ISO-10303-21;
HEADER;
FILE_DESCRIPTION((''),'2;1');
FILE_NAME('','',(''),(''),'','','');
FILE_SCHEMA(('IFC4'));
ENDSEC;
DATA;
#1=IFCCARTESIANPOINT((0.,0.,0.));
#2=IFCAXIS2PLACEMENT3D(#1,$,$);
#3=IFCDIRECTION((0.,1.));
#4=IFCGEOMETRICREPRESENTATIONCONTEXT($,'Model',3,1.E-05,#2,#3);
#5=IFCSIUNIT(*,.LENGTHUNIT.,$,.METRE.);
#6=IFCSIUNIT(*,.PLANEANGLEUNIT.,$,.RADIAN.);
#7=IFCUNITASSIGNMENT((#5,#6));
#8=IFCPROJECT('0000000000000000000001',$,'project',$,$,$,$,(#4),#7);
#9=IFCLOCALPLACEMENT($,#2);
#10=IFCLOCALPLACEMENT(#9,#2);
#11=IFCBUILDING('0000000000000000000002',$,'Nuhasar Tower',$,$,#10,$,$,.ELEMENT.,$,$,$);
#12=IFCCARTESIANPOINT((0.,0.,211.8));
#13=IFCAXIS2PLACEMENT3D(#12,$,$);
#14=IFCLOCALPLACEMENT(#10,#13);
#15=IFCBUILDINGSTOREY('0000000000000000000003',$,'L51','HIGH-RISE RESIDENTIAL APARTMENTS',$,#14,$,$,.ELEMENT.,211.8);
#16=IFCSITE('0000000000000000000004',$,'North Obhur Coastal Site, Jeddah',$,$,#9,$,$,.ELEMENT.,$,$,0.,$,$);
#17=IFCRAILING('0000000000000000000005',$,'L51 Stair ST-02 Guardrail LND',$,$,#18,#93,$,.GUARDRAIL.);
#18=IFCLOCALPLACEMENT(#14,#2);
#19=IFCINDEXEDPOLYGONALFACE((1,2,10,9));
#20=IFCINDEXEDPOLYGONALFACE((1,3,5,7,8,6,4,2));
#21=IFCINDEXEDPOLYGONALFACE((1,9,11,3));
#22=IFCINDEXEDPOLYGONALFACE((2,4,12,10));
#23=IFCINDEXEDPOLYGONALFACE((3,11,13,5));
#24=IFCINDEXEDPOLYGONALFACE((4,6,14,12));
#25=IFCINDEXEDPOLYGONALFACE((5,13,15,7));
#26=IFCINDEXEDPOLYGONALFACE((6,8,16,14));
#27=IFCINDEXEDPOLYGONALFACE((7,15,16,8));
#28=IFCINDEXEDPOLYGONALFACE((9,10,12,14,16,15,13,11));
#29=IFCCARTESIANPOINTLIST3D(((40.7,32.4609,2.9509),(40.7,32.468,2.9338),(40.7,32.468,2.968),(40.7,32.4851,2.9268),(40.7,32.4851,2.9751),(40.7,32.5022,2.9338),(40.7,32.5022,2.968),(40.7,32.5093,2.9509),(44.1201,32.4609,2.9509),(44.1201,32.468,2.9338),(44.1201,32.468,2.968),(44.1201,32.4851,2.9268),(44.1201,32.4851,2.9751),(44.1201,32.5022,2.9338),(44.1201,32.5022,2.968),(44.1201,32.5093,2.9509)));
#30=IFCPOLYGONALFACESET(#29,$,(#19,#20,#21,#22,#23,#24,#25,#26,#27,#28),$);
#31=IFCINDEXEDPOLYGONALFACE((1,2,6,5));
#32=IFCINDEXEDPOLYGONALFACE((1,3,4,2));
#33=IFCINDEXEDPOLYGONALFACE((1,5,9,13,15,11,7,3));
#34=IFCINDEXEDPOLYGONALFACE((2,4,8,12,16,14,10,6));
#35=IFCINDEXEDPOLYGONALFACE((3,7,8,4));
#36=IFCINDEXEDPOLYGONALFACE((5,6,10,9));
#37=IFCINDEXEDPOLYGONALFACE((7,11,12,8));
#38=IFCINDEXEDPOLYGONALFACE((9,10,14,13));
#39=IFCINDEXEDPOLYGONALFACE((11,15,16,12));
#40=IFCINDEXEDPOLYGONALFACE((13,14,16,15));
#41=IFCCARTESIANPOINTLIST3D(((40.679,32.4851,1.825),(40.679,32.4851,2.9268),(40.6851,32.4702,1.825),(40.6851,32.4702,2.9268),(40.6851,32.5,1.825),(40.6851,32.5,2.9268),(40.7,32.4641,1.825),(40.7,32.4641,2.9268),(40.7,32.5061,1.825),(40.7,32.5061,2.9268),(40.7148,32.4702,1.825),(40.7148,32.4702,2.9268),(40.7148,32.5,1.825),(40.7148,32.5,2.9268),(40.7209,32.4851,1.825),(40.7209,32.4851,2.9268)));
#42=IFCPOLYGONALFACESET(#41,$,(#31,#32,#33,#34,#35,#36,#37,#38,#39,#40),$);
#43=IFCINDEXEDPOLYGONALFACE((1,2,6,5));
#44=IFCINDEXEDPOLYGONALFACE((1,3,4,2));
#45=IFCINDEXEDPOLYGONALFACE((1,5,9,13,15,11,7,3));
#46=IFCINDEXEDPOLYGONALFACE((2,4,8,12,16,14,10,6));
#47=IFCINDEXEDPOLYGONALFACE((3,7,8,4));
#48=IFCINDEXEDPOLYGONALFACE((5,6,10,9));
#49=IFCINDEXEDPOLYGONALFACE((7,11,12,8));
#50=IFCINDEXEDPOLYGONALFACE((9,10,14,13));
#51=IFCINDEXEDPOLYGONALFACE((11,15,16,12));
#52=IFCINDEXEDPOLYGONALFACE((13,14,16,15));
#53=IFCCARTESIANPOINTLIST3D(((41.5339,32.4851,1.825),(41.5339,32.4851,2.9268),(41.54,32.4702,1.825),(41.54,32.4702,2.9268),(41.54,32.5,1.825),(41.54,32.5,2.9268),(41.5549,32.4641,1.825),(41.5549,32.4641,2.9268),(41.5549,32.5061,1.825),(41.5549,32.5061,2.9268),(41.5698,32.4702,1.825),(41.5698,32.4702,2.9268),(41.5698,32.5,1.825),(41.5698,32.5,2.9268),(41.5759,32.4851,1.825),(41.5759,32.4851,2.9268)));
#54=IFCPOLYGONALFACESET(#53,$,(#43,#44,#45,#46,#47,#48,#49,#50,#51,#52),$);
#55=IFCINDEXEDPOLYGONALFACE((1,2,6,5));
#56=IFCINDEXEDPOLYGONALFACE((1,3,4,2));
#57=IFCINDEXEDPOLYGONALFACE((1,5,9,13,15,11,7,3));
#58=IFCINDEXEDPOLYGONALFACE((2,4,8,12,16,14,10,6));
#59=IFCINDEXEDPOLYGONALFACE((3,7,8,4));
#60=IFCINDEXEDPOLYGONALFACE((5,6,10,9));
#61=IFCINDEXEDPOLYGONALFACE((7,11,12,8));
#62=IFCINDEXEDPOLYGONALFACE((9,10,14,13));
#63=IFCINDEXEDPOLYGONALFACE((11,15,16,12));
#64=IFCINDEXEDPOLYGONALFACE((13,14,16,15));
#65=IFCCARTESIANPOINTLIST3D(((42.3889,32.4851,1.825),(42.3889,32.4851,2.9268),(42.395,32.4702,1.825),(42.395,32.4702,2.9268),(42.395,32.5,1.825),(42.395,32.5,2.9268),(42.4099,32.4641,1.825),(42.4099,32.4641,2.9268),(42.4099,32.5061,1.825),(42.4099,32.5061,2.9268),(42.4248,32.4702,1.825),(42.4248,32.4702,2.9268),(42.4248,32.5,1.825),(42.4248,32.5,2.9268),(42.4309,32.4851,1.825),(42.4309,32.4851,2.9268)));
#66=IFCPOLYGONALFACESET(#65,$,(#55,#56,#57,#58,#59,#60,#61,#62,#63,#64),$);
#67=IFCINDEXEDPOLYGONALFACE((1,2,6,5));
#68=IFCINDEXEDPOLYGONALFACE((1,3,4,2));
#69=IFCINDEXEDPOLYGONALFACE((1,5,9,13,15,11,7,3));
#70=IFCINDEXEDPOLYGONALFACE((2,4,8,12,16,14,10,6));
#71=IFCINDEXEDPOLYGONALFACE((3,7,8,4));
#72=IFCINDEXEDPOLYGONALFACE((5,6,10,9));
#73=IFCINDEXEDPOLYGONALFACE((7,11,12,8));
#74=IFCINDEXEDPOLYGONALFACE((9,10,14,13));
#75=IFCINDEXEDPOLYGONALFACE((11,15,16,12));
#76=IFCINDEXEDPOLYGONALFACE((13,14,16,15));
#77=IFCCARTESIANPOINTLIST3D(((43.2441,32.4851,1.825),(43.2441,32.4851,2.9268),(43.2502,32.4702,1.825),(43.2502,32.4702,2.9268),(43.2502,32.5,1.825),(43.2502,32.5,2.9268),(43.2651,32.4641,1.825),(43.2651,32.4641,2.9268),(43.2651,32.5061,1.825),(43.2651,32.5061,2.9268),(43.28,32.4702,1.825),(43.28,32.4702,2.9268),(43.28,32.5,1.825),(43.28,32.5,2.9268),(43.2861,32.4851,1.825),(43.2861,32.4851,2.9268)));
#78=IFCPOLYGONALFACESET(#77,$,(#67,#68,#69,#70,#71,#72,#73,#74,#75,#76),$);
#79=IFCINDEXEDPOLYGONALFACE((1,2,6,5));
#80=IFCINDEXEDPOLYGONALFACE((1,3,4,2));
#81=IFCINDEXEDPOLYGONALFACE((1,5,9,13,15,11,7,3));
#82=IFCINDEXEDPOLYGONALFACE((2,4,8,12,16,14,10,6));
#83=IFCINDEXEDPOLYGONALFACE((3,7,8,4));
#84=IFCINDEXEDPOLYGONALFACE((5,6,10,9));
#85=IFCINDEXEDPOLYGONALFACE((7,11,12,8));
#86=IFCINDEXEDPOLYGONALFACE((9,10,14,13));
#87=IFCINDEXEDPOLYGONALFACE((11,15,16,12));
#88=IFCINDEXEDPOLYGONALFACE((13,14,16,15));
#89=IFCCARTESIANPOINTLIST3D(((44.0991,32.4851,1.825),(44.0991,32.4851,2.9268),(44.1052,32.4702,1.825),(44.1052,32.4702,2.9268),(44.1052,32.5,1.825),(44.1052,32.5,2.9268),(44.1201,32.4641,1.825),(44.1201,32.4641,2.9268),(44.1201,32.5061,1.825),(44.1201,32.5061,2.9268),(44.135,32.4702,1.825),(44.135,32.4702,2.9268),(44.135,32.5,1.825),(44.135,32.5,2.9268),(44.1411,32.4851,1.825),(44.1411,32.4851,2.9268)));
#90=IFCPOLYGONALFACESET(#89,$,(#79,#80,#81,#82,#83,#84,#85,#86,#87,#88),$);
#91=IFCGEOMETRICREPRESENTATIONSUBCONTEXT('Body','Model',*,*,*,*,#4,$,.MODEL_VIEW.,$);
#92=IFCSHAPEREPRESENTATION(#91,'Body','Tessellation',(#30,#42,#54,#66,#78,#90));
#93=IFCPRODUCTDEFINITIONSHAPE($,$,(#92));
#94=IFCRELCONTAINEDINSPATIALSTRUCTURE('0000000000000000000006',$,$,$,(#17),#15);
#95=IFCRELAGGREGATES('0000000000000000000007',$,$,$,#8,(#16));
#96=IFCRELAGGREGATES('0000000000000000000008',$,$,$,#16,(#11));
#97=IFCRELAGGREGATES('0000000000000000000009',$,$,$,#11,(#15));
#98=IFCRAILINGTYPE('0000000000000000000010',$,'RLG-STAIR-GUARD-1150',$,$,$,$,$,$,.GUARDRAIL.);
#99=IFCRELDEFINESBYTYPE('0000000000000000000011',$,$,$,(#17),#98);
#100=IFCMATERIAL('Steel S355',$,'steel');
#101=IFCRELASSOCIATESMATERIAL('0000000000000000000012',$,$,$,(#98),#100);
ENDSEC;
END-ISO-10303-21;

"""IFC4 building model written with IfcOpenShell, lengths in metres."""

from ifc_helpers import new_model, si_unit, direction, frame, origin, place, context, subcontext, project, spatial, polyline, outline, extrude, material, type_object, element, save


model = new_model("IFC4")

# Units and contexts
model_context = context("Model", 3, precision=1e-05, world=origin(), true_north=direction((0.0, 1.0)))
body_context = subcontext(model_context, "Body", "Model", "MODEL_VIEW")
ifc_project = project(units=[si_unit("LENGTHUNIT", "METRE"), si_unit("PLANEANGLEUNIT", "RADIAN")], contexts=[model_context])

# Site, building, storey
site_placement = place(None, origin())
site = spatial("IfcSite", under=ifc_project, at=site_placement, Name="North Obhur Coastal Site, Jeddah", CompositionType="ELEMENT", RefElevation=0.0)
building_placement = place(site_placement, origin())
building = spatial("IfcBuilding", under=site, at=building_placement, Name="Nuhasar Tower", CompositionType="ELEMENT")
storey_placement = place(building_placement, frame((0.0, 0.0, 211.8)))
storey = spatial("IfcBuildingStorey", under=building, at=storey_placement, Name="L51", Description="HIGH-RISE RESIDENTIAL APARTMENTS", CompositionType="ELEMENT", Elevation=211.8)

# Shared definitions
ifc_material_1 = material(Name="Steel S355", Category="steel")

# Railing
railing_type_1 = type_object("IfcRailingType", Name="RLG-STAIR-GUARD-1150", PredefinedType="GUARDRAIL", material=ifc_material_1)
railing_1_placement = place(storey_placement, frame((40.7, 32.4851, 1.825)))
element("IfcRailing", 1, at=railing_1_placement, inside=storey, type_object=railing_type_1, Name="L51 Stair ST-02 Guardrail LND", PredefinedType="GUARDRAIL", context=body_context, shape_type="SweptSolid", body=[
    extrude(outline(polyline([(0.0242, 0.0), (0.0171, 0.0171), (0.0, 0.0242), (-0.0171, 0.0171), (-0.0242, 0.0), (-0.0171, -0.0171), (0.0, -0.0242), (0.0171, -0.0171), (0.0242, 0.0)])), frame((0.0, 0.0, 1.126), z_axis=(1.0, 0.0, 0.0), x_axis=(0.0, 1.0, 0.0)), (0.0, 0.0, 1.0), 3.4202),
    extrude(outline(polyline([(0.021, 0.0), (0.0149, 0.0149), (0.0, 0.021), (-0.0149, 0.0149), (-0.021, 0.0), (-0.0149, -0.0149), (0.0, -0.021), (0.0149, -0.0149), (0.021, 0.0)])), origin(), (0.0, 0.0, 1.0), 1.1018),
    extrude(outline(polyline([(0.021, 0.0), (0.0149, 0.0149), (0.0, 0.021), (-0.0149, 0.0149), (-0.021, 0.0), (-0.0149, -0.0149), (0.0, -0.021), (0.0149, -0.0149), (0.021, 0.0)])), frame((0.855, 0.0, 0.0)), (0.0, 0.0, 1.0), 1.1018),
    extrude(outline(polyline([(0.021, 0.0), (0.0149, 0.0149), (0.0, 0.021), (-0.0149, 0.0149), (-0.021, 0.0), (-0.0149, -0.0149), (0.0, -0.021), (0.0149, -0.0149), (0.021, 0.0)])), frame((1.71, 0.0, 0.0)), (0.0, 0.0, 1.0), 1.1018),
    extrude(outline(polyline([(0.021, 0.0), (0.0149, 0.0149), (0.0, 0.021), (-0.0149, 0.0149), (-0.021, 0.0), (-0.0149, -0.0149), (0.0, -0.021), (0.0149, -0.0149), (0.021, 0.0)])), frame((2.5652, 0.0, 0.0)), (0.0, 0.0, 1.0), 1.1018),
    extrude(outline(polyline([(0.021, 0.0), (0.0149, 0.0149), (0.0, 0.021), (-0.0149, 0.0149), (-0.021, 0.0), (-0.0149, -0.0149), (0.0, -0.021), (0.0149, -0.0149), (0.021, 0.0)])), frame((3.4202, 0.0, 0.0)), (0.0, 0.0, 1.0), 1.1018),
])

save(model, "model.ifc")
